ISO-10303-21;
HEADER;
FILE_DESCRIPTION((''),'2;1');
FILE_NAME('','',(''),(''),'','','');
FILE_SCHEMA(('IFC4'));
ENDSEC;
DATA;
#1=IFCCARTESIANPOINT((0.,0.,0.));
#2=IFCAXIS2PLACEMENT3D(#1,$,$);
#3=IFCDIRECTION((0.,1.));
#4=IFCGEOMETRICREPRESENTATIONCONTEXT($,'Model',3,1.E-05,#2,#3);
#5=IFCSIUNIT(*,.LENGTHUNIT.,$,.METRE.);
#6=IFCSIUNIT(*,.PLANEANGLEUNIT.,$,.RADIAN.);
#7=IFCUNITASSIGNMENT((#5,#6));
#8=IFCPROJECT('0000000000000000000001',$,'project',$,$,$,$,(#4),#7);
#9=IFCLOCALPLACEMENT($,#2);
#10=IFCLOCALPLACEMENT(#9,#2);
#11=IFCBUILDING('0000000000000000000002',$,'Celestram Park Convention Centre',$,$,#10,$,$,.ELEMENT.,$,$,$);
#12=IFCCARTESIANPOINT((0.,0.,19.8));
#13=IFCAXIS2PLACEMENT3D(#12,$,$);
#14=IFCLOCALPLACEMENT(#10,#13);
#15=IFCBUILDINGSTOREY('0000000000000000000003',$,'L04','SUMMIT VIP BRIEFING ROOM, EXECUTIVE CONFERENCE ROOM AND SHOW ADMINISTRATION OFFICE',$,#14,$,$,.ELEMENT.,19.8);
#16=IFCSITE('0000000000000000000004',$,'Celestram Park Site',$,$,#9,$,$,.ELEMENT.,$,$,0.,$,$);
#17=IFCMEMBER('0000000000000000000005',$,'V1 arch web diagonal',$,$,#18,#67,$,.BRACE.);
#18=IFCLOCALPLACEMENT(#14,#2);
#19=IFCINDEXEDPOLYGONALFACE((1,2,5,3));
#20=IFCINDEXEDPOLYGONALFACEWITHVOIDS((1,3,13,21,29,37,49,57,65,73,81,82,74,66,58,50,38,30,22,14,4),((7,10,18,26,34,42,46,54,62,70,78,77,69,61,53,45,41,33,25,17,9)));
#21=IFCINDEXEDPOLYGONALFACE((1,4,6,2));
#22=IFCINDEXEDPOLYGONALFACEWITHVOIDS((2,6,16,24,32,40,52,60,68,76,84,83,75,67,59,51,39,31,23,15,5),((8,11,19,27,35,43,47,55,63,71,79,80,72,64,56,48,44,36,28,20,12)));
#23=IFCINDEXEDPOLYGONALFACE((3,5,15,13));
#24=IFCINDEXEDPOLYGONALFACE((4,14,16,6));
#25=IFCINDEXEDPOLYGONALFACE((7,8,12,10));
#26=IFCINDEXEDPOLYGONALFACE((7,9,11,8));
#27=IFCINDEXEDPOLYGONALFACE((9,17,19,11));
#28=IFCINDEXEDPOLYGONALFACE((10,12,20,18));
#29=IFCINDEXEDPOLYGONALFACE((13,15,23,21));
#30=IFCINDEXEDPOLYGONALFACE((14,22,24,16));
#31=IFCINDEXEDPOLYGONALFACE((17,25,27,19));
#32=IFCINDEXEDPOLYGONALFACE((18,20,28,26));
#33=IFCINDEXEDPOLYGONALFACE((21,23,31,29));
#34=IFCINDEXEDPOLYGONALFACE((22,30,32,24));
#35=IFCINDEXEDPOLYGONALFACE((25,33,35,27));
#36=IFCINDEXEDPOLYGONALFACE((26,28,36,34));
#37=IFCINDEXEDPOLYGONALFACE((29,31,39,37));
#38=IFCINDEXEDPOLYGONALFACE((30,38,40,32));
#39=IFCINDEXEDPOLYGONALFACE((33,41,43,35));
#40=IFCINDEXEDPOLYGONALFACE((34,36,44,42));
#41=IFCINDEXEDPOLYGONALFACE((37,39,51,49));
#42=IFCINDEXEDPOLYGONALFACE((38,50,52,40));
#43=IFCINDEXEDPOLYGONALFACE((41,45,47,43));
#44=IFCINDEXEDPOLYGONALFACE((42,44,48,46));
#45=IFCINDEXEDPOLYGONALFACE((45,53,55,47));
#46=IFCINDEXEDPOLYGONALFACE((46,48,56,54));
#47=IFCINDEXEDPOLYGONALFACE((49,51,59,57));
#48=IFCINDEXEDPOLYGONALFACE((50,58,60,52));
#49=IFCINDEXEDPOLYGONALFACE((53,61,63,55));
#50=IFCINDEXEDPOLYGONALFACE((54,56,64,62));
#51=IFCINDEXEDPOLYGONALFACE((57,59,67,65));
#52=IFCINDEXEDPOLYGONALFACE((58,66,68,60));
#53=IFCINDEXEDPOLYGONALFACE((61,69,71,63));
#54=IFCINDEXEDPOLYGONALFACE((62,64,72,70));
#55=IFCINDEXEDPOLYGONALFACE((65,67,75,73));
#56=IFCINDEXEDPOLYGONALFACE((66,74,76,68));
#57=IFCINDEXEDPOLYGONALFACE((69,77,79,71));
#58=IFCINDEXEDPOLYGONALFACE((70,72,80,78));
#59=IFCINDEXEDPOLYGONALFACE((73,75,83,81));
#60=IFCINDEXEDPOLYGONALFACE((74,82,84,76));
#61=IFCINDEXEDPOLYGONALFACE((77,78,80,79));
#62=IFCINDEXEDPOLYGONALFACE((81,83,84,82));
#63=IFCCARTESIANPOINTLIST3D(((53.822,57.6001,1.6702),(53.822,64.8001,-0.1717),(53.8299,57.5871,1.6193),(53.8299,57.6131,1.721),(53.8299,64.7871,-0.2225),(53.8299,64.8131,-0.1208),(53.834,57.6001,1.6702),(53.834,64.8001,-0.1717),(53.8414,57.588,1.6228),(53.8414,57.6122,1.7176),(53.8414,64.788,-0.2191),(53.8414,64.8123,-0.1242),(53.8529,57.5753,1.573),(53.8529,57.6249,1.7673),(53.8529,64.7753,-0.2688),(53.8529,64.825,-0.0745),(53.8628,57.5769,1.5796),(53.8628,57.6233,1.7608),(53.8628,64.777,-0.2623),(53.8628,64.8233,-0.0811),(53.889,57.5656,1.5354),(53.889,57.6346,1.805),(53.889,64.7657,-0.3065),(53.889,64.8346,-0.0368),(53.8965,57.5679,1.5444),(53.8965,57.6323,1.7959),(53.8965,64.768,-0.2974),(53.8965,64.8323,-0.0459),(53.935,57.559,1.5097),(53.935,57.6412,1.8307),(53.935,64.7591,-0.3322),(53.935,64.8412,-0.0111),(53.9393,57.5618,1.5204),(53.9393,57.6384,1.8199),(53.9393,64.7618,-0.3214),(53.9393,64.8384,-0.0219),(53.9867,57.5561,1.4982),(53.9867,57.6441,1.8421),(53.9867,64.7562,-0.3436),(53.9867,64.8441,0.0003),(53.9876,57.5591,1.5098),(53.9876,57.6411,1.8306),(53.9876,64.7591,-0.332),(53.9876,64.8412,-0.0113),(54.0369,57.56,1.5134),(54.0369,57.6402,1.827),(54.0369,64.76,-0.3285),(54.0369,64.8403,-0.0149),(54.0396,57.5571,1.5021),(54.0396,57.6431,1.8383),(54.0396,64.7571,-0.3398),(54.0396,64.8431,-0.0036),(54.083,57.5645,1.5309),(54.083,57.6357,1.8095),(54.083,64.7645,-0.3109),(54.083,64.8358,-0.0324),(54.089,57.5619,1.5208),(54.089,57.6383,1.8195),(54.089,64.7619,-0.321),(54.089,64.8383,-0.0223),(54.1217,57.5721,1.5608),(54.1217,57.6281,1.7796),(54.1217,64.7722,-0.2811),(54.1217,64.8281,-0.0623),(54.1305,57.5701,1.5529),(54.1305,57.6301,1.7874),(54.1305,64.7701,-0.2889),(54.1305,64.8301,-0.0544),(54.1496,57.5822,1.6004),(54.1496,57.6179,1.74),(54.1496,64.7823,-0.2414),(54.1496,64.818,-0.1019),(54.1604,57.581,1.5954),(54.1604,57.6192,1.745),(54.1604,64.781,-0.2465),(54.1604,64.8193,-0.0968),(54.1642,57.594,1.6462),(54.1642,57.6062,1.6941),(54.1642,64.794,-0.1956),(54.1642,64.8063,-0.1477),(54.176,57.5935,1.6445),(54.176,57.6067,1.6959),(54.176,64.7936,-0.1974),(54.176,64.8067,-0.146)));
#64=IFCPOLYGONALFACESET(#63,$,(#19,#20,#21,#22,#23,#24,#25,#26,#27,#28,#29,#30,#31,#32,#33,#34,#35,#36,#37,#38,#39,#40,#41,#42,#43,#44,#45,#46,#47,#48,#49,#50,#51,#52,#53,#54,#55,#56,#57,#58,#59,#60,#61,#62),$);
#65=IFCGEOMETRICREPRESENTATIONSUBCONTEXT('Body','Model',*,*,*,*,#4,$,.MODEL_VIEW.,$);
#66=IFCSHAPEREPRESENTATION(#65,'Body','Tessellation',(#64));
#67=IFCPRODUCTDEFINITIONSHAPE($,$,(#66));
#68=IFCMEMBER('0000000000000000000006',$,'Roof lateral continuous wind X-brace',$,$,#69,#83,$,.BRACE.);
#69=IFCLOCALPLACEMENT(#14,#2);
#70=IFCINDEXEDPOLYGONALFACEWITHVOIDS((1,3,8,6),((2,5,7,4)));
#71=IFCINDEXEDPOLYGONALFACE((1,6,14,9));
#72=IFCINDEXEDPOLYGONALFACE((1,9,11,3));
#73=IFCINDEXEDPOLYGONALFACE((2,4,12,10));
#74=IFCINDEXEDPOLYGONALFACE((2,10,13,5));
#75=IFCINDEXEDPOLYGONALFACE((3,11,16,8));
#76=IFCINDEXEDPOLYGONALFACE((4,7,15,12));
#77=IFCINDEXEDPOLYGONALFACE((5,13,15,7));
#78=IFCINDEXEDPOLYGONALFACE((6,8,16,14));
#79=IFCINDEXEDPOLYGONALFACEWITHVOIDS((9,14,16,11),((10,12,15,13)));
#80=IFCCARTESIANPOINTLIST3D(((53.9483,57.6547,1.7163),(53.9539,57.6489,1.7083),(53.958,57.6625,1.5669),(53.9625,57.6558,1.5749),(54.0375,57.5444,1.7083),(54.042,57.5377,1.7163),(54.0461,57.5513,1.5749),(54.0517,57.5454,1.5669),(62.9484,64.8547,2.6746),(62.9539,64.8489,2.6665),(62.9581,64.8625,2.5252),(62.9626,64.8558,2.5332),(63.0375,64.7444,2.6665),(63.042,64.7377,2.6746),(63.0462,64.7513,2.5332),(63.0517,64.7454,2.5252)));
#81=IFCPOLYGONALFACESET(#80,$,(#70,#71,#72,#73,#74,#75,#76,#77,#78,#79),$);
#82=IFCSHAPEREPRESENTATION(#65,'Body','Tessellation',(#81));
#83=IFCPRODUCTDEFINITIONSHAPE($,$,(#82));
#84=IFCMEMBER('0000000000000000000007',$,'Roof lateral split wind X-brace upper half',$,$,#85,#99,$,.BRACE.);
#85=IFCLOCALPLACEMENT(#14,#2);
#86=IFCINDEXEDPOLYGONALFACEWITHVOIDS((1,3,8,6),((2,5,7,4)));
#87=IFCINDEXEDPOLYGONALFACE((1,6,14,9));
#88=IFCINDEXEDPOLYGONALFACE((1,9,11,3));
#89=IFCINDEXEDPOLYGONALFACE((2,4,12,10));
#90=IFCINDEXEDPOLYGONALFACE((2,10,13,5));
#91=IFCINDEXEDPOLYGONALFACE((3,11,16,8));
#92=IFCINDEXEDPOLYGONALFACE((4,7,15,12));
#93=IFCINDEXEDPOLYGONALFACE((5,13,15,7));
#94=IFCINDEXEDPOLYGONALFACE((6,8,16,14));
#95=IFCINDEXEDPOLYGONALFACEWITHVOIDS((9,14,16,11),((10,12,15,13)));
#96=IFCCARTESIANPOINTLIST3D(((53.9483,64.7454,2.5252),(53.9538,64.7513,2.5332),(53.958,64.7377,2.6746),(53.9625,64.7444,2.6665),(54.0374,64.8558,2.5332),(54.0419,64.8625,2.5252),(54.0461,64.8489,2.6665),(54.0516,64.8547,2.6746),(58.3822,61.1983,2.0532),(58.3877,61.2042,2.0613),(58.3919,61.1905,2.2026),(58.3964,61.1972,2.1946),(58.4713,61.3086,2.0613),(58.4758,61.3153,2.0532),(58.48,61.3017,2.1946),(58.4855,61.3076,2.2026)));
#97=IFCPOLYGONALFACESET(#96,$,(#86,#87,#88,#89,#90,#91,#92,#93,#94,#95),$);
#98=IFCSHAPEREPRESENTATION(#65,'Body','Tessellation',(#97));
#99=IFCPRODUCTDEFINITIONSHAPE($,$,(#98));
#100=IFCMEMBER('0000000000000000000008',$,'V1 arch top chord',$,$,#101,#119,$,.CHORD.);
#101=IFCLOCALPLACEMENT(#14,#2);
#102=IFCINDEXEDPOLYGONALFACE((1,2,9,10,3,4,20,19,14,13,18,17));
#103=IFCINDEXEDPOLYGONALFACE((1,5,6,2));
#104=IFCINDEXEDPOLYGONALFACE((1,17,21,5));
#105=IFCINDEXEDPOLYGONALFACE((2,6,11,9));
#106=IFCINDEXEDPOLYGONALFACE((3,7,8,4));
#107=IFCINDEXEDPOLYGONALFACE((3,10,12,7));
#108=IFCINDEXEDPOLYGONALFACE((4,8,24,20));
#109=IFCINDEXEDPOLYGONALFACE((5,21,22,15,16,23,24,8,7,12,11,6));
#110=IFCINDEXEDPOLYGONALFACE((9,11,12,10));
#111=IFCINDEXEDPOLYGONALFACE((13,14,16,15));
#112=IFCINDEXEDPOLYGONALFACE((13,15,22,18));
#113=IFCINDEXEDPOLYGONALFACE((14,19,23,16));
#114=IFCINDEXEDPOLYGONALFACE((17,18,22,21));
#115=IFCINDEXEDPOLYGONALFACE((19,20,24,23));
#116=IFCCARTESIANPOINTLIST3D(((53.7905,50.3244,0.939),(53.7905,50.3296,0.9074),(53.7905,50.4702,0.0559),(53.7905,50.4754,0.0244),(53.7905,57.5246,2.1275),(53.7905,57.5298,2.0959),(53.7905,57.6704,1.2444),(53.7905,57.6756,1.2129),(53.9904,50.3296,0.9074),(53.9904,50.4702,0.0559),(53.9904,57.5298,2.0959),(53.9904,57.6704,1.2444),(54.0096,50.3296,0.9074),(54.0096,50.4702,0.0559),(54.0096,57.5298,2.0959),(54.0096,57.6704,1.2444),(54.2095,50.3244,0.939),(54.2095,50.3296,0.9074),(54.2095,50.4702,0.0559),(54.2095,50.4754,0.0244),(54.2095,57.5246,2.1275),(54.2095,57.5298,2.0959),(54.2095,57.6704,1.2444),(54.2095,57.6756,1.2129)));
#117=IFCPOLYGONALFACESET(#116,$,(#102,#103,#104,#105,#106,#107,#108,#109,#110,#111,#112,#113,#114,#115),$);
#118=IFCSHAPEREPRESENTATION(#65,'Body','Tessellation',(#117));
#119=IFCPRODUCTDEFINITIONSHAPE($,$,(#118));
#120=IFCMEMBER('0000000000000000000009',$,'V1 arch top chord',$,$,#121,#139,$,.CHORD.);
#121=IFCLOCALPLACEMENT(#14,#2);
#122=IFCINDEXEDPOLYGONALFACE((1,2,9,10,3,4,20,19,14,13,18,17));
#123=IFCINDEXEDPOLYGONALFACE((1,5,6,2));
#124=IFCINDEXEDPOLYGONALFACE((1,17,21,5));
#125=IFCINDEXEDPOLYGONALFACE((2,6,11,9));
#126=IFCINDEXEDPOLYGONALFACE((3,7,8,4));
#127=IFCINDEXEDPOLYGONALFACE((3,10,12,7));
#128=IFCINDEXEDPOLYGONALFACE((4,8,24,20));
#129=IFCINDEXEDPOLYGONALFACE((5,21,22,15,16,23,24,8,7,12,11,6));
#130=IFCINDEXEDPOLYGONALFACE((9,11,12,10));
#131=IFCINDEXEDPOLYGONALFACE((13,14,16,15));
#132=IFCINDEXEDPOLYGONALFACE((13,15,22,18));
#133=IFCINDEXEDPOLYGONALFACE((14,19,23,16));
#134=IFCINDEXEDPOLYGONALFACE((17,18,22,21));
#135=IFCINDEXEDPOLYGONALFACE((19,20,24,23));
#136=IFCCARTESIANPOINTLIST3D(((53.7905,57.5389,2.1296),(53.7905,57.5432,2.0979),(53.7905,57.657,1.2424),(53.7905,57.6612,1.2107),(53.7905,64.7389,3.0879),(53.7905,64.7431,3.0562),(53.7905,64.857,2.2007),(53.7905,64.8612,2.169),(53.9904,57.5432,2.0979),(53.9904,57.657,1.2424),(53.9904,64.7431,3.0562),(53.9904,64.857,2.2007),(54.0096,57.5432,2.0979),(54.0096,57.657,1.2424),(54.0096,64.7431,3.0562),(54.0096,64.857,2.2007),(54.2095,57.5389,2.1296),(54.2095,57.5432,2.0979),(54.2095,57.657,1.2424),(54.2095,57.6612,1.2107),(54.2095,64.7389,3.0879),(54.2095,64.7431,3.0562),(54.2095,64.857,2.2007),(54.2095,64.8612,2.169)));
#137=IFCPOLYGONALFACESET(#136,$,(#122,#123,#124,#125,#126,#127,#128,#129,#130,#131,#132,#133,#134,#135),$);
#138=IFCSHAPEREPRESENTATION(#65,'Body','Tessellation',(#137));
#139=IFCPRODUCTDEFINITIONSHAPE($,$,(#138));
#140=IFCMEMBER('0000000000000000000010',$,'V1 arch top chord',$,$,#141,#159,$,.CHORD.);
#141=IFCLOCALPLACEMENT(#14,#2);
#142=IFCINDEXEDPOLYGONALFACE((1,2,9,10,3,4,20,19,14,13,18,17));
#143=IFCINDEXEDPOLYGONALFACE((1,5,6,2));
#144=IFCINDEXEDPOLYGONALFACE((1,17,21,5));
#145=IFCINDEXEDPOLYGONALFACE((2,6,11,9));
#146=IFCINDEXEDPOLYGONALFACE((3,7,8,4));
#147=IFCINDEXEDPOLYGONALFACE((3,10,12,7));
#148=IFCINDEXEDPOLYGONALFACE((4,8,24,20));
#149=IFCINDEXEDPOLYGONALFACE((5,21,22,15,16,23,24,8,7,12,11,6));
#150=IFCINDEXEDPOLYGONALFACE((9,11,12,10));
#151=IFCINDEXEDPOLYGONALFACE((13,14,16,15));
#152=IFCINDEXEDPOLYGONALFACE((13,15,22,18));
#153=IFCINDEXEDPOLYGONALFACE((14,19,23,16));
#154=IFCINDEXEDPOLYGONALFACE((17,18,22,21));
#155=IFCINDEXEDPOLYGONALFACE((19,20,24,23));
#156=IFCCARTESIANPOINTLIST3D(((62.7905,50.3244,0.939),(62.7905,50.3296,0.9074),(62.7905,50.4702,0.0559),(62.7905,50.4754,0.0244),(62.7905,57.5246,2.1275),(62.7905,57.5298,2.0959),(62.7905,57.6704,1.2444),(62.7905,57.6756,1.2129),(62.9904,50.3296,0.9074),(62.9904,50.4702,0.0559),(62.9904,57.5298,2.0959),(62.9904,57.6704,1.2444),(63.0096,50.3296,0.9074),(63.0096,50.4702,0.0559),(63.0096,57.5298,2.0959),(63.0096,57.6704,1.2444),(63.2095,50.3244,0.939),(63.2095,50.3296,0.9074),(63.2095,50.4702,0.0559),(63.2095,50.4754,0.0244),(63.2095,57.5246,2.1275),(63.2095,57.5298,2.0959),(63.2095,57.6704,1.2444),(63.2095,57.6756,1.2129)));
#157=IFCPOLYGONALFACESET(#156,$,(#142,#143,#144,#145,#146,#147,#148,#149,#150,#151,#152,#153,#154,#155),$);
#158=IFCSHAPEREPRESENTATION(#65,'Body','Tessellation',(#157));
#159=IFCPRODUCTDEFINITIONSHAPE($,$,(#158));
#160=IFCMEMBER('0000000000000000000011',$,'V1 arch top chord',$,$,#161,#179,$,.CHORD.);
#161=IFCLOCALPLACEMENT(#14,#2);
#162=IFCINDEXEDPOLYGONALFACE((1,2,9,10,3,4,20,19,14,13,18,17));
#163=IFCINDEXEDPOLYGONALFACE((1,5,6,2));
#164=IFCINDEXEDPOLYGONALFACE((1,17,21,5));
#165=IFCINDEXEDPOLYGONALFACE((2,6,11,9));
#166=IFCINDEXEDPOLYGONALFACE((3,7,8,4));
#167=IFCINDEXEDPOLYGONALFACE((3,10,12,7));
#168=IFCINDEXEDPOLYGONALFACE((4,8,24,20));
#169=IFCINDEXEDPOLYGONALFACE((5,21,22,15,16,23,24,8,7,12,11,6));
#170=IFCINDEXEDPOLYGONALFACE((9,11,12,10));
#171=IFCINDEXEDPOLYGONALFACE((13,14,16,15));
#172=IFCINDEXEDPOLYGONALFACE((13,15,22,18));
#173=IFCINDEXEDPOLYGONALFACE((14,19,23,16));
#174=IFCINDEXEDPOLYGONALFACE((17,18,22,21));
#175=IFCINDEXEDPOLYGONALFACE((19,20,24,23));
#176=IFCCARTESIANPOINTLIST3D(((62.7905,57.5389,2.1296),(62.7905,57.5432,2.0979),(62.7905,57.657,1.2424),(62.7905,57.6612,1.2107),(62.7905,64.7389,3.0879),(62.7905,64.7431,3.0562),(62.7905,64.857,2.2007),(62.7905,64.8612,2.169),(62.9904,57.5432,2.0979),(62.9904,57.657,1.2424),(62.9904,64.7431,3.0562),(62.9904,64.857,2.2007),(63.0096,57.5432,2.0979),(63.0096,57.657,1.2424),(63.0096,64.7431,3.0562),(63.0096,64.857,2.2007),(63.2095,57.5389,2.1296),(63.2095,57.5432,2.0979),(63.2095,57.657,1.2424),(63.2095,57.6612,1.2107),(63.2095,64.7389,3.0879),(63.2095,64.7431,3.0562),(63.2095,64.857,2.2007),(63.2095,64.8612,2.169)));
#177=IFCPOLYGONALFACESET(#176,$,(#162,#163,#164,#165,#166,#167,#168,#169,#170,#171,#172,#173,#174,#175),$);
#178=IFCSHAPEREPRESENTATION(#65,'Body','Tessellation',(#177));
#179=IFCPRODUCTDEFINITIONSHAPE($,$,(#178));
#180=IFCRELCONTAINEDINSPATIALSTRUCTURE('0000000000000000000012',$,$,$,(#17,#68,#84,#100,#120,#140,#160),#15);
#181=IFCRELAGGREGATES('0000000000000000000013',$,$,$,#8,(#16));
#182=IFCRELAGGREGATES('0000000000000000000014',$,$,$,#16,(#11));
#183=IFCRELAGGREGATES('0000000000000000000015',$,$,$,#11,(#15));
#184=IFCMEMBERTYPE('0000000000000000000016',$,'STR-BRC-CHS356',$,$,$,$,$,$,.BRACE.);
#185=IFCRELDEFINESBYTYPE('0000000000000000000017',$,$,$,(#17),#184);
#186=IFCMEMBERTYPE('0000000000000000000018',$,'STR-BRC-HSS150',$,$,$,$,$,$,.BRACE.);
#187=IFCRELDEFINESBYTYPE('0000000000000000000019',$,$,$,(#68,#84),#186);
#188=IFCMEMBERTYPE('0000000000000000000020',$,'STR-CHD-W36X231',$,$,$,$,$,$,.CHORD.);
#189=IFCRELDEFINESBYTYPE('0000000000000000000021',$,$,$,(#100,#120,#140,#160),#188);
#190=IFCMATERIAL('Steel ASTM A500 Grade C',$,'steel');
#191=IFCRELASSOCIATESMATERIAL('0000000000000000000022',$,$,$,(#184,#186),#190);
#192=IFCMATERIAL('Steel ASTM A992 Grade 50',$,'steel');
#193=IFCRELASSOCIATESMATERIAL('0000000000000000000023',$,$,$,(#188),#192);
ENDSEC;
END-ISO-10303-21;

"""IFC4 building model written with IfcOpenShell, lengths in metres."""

from ifc_helpers import new_model, si_unit, direction, frame, origin, origin_2d, place, context, subcontext, project, spatial, hollow_rectangle, hollow_circle, i_section, extrude, material, material_profile, profile_set, type_object, element, save


model = new_model("IFC4")

# Units and contexts
model_context = context("Model", 3, precision=1e-05, world=origin(), true_north=direction((0.0, 1.0)))
body_context = subcontext(model_context, "Body", "Model", "MODEL_VIEW")
ifc_project = project(units=[si_unit("LENGTHUNIT", "METRE"), si_unit("PLANEANGLEUNIT", "RADIAN")], contexts=[model_context])

# Site, building, storey
site_placement = place(None, origin())
site = spatial("IfcSite", under=ifc_project, at=site_placement, Name="Celestram Park Site", CompositionType="ELEMENT", RefElevation=0.0)
building_placement = place(site_placement, origin())
building = spatial("IfcBuilding", under=site, at=building_placement, Name="Celestram Park Convention Centre", CompositionType="ELEMENT")
storey_placement = place(building_placement, frame((0.0, 0.0, 19.8)))
storey = spatial("IfcBuildingStorey", under=building, at=storey_placement, Name="L04", Description="SUMMIT VIP BRIEFING ROOM, EXECUTIVE CONFERENCE ROOM AND SHOW ADMINISTRATION OFFICE", CompositionType="ELEMENT", Elevation=19.8)

# Members
ifc_material_1 = material(Name="Steel ASTM A500 Grade C", Category="steel")
ifc_material_profile_1 = material_profile(ifc_material_1, hollow_circle(Radius=0.178, WallThickness=0.012, at=origin_2d()), Name="CHS356X12")
ifc_profile_set_1 = profile_set([ifc_material_profile_1], Name="Steel ASTM A500 Grade C")
member_type_1 = type_object("IfcMemberType", Name="STR-BRC-CHS356", PredefinedType="BRACE", material=ifc_profile_set_1)
member_1_placement = place(storey_placement, frame((54.0, 57.6001, 1.6702), z_axis=(0.0, 0.968804, -0.247827), x_axis=(-1.0, 0.0, 0.0)))
element("IfcMember", 1, at=member_1_placement, inside=storey, type_object=member_type_1, Name="V1 arch web diagonal", PredefinedType="BRACE", context=body_context, shape_type="SweptSolid", body=[
    extrude(hollow_circle(Radius=0.178, WallThickness=0.012, at=origin_2d()), origin(), (0.0, 0.0, 1.0), 7.4319),
])
ifc_material_profile_2 = material_profile(ifc_material_1, hollow_rectangle(XDim=0.1499, YDim=0.1499, WallThickness=0.0081, at=origin_2d()), Name="HSS150X150X8")
ifc_profile_set_2 = profile_set([ifc_material_profile_2], Name="Steel ASTM A500 Grade C")
member_type_2 = type_object("IfcMemberType", Name="STR-BRC-HSS150", PredefinedType="BRACE", material=ifc_profile_set_2)
member_2_placement = place(storey_placement, frame((54.0, 57.6001, 1.6416), z_axis=(0.778186, 0.622545, 0.082855), x_axis=(-0.624692, 0.780871, 0.0)))
element("IfcMember", 2, at=member_2_placement, inside=storey, type_object=member_type_2, Name="Roof lateral continuous wind X-brace", PredefinedType="BRACE", context=body_context, shape_type="SweptSolid", body=[
    extrude(hollow_rectangle(XDim=0.1499, YDim=0.1499, WallThickness=0.0081, at=origin_2d()), origin(), (0.0, 0.0, 1.0), 11.5654),
])
member_3_placement = place(storey_placement, frame((58.4338, 61.2529, 2.1279), z_axis=(-0.778182, 0.622554, 0.082827), x_axis=(-0.6247, -0.780865, 0.0)))
element("IfcMember", 3, at=member_3_placement, inside=storey, type_object=member_type_2, Name="Roof lateral split wind X-brace upper half", PredefinedType="BRACE", context=body_context, shape_type="SweptSolid", body=[
    extrude(hollow_rectangle(XDim=0.1499, YDim=0.1499, WallThickness=0.0081, at=origin_2d()), origin(), (0.0, 0.0, 1.0), 5.6978),
])
ifc_material_2 = material(Name="Steel ASTM A992 Grade 50", Category="steel")
ifc_material_profile_3 = material_profile(ifc_material_2, i_section(OverallWidth=0.4189, OverallDepth=0.927, WebThickness=0.0193, FlangeThickness=0.032, at=origin_2d()), Name="W36X231")
ifc_profile_set_3 = profile_set([ifc_material_profile_3], Name="Steel ASTM A992 Grade 50")
member_type_3 = type_object("IfcMemberType", Name="STR-CHD-W36X231", PredefinedType="CHORD", material=ifc_profile_set_3)
member_4_placement = place(storey_placement, frame((54.0, 50.3999, 0.4817), z_axis=(0.0, 0.98665, 0.162858), x_axis=(-1.0, 0.0, 0.0)))
element("IfcMember", 4, at=member_4_placement, inside=storey, type_object=member_type_3, Name="V1 arch top chord", PredefinedType="CHORD", context=body_context, shape_type="SweptSolid", body=[
    extrude(i_section(OverallWidth=0.4189, OverallDepth=0.927, WebThickness=0.0193, FlangeThickness=0.032, at=origin_2d()), origin(), (0.0, 0.0, 1.0), 7.2976),
])
member_5_placement = place(storey_placement, frame((54.0, 57.6001, 1.6702), z_axis=(0.0, 0.991259, 0.131928), x_axis=(-1.0, 0.0, 0.0)))
element("IfcMember", 5, at=member_5_placement, inside=storey, type_object=member_type_3, Name="V1 arch top chord", PredefinedType="CHORD", context=body_context, shape_type="SweptSolid", body=[
    extrude(i_section(OverallWidth=0.4189, OverallDepth=0.927, WebThickness=0.0193, FlangeThickness=0.032, at=origin_2d()), origin(), (0.0, 0.0, 1.0), 7.2634),
])
member_6_placement = place(storey_placement, frame((63.0, 50.3999, 0.4817), z_axis=(0.0, 0.98665, 0.162858), x_axis=(-1.0, 0.0, 0.0)))
element("IfcMember", 6, at=member_6_placement, inside=storey, type_object=member_type_3, Name="V1 arch top chord", PredefinedType="CHORD", context=body_context, shape_type="SweptSolid", body=[
    extrude(i_section(OverallWidth=0.4189, OverallDepth=0.927, WebThickness=0.0193, FlangeThickness=0.032, at=origin_2d()), origin(), (0.0, 0.0, 1.0), 7.2976),
])
member_7_placement = place(storey_placement, frame((63.0, 57.6001, 1.6702), z_axis=(0.0, 0.991259, 0.131928), x_axis=(-1.0, 0.0, 0.0)))
element("IfcMember", 7, at=member_7_placement, inside=storey, type_object=member_type_3, Name="V1 arch top chord", PredefinedType="CHORD", context=body_context, shape_type="SweptSolid", body=[
    extrude(i_section(OverallWidth=0.4189, OverallDepth=0.927, WebThickness=0.0193, FlangeThickness=0.032, at=origin_2d()), origin(), (0.0, 0.0, 1.0), 7.2634),
])

save(model, "model.ifc")
